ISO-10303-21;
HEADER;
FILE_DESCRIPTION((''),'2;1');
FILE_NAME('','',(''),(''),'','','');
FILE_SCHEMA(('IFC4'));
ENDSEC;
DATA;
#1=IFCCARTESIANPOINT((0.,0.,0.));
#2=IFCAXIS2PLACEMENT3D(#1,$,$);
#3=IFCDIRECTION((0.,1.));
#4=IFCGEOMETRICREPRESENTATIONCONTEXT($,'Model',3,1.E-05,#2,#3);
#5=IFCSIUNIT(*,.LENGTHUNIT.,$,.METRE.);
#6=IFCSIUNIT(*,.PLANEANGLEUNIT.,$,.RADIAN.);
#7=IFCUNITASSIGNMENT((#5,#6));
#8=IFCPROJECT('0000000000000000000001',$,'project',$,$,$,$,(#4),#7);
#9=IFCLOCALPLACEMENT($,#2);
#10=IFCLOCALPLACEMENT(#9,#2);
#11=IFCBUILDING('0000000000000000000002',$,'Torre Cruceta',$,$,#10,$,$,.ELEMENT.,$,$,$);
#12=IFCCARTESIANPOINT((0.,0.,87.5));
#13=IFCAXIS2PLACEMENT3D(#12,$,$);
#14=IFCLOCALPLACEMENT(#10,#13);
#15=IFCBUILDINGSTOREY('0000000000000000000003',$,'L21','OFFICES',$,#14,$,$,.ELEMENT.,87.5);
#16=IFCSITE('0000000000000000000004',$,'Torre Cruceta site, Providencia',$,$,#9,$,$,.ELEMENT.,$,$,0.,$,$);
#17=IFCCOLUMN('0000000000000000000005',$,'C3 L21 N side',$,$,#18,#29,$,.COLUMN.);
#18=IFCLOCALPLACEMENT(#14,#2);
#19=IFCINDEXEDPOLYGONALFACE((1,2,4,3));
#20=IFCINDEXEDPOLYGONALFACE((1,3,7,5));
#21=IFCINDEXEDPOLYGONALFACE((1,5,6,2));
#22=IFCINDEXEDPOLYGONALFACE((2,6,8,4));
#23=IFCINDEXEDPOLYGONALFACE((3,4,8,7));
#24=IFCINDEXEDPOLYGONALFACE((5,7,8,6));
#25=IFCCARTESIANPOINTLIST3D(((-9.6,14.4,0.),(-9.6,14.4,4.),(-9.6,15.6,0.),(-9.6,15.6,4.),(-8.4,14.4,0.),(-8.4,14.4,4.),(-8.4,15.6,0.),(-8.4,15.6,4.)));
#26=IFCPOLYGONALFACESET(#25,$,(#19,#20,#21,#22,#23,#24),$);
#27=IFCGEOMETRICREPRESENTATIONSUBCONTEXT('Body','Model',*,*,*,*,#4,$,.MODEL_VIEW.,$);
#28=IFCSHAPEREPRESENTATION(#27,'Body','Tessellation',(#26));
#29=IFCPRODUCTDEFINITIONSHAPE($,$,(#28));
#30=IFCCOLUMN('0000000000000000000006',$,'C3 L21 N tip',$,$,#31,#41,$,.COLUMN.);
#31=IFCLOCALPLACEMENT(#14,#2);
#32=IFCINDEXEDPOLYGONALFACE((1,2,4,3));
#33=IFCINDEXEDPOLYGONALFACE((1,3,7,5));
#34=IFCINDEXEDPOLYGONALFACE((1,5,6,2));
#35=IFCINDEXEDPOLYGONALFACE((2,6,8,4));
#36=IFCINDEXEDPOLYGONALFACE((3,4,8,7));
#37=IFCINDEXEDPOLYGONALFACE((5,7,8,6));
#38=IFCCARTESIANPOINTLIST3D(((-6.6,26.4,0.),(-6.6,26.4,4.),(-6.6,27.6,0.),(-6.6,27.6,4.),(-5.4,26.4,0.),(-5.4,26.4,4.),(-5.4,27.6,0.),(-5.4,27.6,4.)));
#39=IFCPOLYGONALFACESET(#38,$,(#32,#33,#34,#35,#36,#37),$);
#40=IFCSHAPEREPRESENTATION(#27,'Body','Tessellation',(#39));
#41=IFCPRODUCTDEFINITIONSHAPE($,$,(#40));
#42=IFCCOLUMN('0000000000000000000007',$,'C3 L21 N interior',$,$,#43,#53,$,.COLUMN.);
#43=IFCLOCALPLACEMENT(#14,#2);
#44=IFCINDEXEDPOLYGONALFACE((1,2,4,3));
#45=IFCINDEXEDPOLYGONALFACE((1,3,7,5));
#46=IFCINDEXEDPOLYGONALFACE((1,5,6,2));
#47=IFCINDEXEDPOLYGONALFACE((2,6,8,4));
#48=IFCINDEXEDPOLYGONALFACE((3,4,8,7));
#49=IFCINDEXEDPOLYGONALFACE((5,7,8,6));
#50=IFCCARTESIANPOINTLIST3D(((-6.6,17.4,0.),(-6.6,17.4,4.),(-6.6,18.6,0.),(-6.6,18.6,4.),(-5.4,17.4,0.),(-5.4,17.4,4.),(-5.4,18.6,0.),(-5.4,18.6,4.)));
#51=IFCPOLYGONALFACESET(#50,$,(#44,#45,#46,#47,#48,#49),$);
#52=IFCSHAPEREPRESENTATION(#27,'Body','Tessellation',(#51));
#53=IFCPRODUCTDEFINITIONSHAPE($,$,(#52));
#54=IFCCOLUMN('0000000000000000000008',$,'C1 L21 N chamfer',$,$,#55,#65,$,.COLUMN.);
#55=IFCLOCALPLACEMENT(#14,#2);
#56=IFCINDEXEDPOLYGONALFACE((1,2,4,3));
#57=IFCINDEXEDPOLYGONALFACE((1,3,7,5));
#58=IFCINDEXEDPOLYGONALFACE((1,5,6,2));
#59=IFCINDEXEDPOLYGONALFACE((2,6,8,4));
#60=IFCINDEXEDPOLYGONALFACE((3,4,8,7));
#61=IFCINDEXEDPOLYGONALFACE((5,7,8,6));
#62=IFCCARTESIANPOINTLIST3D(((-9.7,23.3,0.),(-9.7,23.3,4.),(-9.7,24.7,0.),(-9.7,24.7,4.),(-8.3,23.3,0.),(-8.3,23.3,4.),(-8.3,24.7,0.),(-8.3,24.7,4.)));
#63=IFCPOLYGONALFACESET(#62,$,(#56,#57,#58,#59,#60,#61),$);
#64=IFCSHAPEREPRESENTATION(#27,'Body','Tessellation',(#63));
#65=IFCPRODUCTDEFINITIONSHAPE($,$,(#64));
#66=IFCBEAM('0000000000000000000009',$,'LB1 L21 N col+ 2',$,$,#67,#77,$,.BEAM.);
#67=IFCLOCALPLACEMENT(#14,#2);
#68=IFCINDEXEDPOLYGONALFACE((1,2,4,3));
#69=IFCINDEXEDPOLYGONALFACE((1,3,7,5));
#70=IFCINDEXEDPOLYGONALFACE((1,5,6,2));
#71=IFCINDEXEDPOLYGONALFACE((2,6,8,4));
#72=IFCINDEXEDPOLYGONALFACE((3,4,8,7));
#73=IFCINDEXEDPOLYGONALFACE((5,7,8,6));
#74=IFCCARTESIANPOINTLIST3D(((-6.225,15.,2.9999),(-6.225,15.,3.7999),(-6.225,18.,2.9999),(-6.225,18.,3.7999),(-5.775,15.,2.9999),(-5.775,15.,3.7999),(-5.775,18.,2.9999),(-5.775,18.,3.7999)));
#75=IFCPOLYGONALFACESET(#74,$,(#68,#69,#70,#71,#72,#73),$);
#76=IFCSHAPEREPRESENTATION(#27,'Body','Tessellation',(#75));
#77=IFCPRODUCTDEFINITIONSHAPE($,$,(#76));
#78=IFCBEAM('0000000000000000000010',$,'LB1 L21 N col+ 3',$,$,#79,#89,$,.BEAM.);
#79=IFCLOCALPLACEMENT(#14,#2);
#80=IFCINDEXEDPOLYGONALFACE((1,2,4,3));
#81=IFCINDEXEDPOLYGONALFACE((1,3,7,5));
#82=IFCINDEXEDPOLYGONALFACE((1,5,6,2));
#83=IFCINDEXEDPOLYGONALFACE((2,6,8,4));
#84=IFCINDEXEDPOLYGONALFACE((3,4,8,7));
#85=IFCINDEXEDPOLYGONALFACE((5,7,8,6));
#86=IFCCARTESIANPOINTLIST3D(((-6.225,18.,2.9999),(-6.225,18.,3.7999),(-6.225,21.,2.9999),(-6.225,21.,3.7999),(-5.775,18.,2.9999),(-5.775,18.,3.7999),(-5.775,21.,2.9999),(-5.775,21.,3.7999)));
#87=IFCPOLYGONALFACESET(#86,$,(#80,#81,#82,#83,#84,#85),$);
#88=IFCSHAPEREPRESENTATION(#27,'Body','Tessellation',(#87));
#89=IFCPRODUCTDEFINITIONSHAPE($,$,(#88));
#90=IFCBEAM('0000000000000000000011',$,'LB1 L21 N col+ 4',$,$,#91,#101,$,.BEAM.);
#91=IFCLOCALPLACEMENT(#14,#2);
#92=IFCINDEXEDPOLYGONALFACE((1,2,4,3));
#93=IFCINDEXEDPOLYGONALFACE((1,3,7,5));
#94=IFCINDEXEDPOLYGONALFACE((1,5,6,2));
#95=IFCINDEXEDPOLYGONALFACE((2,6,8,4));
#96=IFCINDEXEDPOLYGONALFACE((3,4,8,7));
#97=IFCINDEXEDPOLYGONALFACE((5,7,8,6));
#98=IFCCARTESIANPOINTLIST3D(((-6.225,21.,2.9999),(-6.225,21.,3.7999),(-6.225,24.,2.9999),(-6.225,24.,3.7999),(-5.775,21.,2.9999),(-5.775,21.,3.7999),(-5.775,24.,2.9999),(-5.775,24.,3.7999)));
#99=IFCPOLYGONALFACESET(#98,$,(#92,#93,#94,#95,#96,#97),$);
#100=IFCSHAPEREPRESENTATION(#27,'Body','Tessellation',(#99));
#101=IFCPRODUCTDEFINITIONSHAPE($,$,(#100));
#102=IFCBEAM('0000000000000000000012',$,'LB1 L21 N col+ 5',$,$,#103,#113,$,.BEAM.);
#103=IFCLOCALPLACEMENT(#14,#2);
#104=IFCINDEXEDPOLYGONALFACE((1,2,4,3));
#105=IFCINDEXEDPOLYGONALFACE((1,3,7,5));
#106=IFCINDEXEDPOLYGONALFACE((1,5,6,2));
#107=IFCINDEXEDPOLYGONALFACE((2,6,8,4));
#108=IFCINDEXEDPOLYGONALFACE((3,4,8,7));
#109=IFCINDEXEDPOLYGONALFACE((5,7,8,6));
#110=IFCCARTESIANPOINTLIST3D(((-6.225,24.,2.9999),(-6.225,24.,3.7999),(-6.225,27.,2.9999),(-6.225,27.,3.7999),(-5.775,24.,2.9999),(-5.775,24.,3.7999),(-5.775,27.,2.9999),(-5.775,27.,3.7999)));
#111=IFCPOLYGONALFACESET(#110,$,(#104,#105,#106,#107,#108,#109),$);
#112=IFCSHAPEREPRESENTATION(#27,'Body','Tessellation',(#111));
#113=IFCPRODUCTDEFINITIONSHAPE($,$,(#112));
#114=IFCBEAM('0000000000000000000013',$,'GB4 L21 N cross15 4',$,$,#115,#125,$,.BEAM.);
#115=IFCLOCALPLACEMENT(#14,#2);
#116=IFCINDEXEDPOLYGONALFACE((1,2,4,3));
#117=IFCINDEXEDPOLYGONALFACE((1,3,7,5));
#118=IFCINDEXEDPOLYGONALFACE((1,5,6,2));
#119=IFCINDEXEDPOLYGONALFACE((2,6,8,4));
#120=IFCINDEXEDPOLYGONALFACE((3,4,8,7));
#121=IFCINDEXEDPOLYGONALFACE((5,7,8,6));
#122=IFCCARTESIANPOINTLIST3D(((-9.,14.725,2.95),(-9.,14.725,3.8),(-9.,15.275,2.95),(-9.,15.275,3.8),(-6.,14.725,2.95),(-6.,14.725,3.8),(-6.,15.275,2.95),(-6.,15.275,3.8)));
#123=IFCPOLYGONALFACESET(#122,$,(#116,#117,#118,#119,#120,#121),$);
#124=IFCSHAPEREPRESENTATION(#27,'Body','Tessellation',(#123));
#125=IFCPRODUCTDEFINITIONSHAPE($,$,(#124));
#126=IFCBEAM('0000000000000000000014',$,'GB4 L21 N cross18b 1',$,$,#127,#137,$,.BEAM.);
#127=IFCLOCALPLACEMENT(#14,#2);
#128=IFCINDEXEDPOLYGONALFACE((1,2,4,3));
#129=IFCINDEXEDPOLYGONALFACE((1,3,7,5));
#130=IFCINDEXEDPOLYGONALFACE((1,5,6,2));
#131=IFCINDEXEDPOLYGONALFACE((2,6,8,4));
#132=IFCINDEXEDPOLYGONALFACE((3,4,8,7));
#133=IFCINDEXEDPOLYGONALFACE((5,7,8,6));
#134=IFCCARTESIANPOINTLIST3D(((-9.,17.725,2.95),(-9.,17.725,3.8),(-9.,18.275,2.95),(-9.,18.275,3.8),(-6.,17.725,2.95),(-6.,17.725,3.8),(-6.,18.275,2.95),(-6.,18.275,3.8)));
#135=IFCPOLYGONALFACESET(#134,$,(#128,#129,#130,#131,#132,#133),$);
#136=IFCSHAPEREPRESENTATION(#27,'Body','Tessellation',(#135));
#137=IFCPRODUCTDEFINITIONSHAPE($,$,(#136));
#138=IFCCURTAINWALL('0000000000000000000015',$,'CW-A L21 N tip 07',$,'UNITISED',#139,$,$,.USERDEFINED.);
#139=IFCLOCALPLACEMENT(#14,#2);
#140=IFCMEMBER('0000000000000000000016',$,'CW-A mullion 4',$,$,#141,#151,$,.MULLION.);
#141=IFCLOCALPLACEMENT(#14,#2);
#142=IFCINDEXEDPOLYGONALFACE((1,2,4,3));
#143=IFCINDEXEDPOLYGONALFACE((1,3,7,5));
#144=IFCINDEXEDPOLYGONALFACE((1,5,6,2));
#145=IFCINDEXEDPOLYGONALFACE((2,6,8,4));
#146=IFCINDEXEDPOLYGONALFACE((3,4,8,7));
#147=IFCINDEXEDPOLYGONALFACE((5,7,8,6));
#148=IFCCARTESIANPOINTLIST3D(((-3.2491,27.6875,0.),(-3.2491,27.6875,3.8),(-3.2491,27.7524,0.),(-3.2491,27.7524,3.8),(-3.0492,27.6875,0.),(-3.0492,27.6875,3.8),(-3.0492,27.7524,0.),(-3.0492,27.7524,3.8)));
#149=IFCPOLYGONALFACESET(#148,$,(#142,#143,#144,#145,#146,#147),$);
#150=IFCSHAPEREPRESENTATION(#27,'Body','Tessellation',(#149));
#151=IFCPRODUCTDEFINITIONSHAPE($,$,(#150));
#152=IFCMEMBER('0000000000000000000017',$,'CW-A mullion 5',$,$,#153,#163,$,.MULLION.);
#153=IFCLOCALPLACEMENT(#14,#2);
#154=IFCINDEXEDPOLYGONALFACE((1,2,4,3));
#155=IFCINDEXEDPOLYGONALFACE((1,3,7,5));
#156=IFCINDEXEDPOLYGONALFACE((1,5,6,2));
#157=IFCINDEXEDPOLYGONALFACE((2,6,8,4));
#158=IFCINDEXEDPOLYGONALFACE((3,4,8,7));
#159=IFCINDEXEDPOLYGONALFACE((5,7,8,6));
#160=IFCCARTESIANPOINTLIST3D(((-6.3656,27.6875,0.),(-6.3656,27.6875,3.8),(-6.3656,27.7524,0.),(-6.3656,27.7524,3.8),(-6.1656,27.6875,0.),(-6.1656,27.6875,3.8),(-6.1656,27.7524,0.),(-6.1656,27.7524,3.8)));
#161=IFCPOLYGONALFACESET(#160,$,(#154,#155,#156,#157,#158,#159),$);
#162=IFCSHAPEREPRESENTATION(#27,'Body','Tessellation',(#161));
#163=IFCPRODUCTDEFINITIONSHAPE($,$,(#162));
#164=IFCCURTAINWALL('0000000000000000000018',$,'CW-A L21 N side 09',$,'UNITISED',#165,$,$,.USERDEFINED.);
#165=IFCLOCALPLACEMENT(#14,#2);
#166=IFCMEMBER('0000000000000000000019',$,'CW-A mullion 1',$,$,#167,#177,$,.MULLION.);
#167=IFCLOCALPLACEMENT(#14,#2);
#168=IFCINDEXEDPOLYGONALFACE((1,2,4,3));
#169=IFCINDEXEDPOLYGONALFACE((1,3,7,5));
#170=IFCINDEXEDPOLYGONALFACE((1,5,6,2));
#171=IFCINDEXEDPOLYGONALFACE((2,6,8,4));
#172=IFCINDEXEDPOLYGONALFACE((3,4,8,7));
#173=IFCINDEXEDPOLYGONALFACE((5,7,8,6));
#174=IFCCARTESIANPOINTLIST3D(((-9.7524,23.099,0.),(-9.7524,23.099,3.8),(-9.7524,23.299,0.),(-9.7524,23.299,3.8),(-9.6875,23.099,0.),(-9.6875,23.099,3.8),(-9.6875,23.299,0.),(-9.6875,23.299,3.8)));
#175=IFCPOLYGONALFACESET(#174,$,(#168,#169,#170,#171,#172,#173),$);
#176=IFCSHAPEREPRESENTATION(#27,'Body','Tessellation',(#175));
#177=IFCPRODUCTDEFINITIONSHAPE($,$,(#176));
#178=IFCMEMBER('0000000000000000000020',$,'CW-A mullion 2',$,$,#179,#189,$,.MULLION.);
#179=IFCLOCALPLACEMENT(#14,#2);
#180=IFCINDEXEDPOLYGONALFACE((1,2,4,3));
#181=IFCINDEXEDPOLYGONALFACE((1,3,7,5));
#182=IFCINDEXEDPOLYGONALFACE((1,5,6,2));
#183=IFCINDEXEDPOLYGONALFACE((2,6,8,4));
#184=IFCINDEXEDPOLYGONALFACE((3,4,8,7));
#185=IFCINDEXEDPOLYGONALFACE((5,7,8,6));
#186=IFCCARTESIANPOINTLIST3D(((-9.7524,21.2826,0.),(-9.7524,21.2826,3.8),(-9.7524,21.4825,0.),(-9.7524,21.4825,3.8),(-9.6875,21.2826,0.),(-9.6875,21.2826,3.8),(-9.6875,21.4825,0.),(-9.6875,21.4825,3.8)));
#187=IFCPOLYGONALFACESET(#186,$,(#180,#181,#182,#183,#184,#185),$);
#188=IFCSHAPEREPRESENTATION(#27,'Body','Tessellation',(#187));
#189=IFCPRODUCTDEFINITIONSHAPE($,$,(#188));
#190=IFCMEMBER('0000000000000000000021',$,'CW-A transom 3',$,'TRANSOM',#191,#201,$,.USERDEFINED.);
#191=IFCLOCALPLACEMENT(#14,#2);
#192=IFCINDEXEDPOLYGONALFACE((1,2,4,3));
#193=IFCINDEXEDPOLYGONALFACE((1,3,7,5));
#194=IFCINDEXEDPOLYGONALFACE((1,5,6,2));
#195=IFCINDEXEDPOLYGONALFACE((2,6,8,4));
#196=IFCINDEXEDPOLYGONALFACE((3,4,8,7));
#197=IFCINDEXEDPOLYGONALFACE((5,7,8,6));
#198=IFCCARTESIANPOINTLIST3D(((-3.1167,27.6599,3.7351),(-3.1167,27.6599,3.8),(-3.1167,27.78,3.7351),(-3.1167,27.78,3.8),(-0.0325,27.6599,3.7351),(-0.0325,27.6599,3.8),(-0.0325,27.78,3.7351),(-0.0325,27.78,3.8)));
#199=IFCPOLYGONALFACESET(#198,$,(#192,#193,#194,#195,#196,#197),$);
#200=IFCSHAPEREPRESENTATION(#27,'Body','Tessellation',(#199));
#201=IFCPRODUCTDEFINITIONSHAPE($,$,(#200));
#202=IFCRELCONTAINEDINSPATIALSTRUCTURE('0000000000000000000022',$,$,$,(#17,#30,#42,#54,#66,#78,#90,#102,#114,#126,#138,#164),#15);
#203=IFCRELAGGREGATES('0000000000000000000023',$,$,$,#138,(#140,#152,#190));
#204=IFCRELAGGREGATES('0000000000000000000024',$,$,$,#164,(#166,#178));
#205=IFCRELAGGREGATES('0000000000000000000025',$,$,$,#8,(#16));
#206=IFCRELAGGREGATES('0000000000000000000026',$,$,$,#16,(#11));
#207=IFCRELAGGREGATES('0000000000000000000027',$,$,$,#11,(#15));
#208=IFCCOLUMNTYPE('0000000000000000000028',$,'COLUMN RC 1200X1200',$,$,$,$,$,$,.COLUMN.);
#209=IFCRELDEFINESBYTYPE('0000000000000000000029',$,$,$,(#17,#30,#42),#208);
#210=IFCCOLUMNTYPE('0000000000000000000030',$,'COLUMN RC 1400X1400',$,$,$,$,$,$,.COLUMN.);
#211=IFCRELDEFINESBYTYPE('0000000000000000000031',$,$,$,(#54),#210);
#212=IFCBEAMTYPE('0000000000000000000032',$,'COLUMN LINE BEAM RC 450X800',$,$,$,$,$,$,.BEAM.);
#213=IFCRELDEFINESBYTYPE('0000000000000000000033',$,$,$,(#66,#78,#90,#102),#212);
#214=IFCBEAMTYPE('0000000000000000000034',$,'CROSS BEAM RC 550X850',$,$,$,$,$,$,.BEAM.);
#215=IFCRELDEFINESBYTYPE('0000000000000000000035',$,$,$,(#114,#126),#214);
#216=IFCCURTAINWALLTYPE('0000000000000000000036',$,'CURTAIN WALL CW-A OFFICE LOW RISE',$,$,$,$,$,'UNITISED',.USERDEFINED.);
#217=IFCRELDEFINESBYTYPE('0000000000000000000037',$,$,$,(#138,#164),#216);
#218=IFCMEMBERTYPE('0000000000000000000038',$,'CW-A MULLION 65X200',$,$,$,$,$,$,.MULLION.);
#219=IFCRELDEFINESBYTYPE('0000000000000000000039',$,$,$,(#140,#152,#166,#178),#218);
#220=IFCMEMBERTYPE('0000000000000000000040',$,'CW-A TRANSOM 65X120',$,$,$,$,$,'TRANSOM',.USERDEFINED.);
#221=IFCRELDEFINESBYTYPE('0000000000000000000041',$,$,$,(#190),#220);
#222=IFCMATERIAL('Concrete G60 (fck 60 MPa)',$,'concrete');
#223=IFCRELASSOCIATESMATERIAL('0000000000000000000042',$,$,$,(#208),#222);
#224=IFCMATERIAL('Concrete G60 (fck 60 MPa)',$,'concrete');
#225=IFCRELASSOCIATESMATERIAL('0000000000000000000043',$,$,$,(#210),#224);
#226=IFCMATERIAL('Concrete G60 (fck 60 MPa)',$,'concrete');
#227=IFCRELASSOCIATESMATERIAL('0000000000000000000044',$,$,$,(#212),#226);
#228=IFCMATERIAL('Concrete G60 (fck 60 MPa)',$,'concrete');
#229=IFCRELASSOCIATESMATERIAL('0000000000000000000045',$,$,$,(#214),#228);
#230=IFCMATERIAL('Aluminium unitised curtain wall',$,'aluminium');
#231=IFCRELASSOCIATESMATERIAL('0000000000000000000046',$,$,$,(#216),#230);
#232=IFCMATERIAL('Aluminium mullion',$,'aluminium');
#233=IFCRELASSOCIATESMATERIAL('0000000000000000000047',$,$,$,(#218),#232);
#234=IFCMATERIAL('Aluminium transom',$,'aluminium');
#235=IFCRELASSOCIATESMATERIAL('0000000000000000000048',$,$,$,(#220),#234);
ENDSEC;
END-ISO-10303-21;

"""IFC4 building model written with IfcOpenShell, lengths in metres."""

from ifc_helpers import new_model, si_unit, direction, frame, origin, origin_2d, place, context, subcontext, project, spatial, rectangle, extrude, material, material_profile, profile_set, type_object, element, aggregate, save


model = new_model("IFC4")

# Units and contexts
model_context = context("Model", 3, precision=1e-05, world=origin(), true_north=direction((0.0, 1.0)))
body_context = subcontext(model_context, "Body", "Model", "MODEL_VIEW")
ifc_project = project(units=[si_unit("LENGTHUNIT", "METRE"), si_unit("PLANEANGLEUNIT", "RADIAN")], contexts=[model_context])

# Site, building, storey
site_placement = place(None, origin())
site = spatial("IfcSite", under=ifc_project, at=site_placement, Name="Torre Cruceta site, Providencia", CompositionType="ELEMENT", RefElevation=0.0)
building_placement = place(site_placement, origin())
building = spatial("IfcBuilding", under=site, at=building_placement, Name="Torre Cruceta", CompositionType="ELEMENT")
storey_placement = place(building_placement, frame((0.0, 0.0, 87.5)))
storey = spatial("IfcBuildingStorey", under=building, at=storey_placement, Name="L21", Description="OFFICES", CompositionType="ELEMENT", Elevation=87.5)

# Columns
ifc_material_1 = material(Name="Concrete G60 (fck 60 MPa)", Category="concrete")
ifc_material_profile_1 = material_profile(ifc_material_1, rectangle(XDim=1.2, YDim=1.2, at=origin_2d()), Name="RC 1200X1200")
ifc_profile_set_1 = profile_set([ifc_material_profile_1], Name="Concrete G60 (fck 60 MPa)")
column_type_1 = type_object("IfcColumnType", Name="COLUMN RC 1200X1200", PredefinedType="COLUMN", material=ifc_profile_set_1)
for number, where, z_axis, x_axis, name in (
    (1, (-9.0, 15.0, 0.0), (0.0, 0.0, 1.0), (1.0, 0.0, 0.0), "C3 L21 N side"),
    (2, (-6.0, 27.0, 0.0), (0.0, 0.0, 1.0), (1.0, 0.0, 0.0), "C3 L21 N tip"),
    (3, (-6.0, 18.0, 0.0), (0.0, 0.0, 1.0), (1.0, 0.0, 0.0), "C3 L21 N interior"),
):
    element("IfcColumn", number, at=place(storey_placement, frame(where, z_axis=z_axis, x_axis=x_axis)), inside=storey, type_object=column_type_1, Name=name, PredefinedType="COLUMN", context=body_context, shape_type="SweptSolid", body=[
        extrude(rectangle(XDim=1.2, YDim=1.2, at=origin_2d()), origin(), (0.0, 0.0, 1.0), 4.0),
    ])
ifc_material_2 = material(Name="Concrete G60 (fck 60 MPa)", Category="concrete")
ifc_material_profile_2 = material_profile(ifc_material_2, rectangle(XDim=1.3999, YDim=1.3999, at=origin_2d()), Name="RC 1400X1400")
ifc_profile_set_2 = profile_set([ifc_material_profile_2], Name="Concrete G60 (fck 60 MPa)")
column_type_2 = type_object("IfcColumnType", Name="COLUMN RC 1400X1400", PredefinedType="COLUMN", material=ifc_profile_set_2)
column_placement = place(storey_placement, frame((-9.0, 24.0, 0.0), z_axis=(0.0, 0.0, 1.0), x_axis=(1.0, 0.0, 0.0)))
element("IfcColumn", 4, at=column_placement, inside=storey, type_object=column_type_2, Name="C1 L21 N chamfer", PredefinedType="COLUMN", context=body_context, shape_type="SweptSolid", body=[
    extrude(rectangle(XDim=1.3999, YDim=1.3999, at=origin_2d()), origin(), (0.0, 0.0, 1.0), 4.0),
])

# Beams
ifc_material_3 = material(Name="Concrete G60 (fck 60 MPa)", Category="concrete")
ifc_material_profile_3 = material_profile(ifc_material_3, rectangle(XDim=0.45, YDim=0.8, at=origin_2d()), Name="RC 450X800")
ifc_profile_set_3 = profile_set([ifc_material_profile_3], Name="Concrete G60 (fck 60 MPa)")
beam_type_1 = type_object("IfcBeamType", Name="COLUMN LINE BEAM RC 450X800", PredefinedType="BEAM", material=ifc_profile_set_3)
for number, where, z_axis, x_axis, name in (
    (5, (-6.0, 15.0, 3.3999), (0.0, 1.0, 0.0), (-1.0, 0.0, 0.0), "LB1 L21 N col+ 2"),
    (6, (-6.0, 18.0, 3.3999), (0.0, 1.0, 0.0), (-1.0, 0.0, 0.0), "LB1 L21 N col+ 3"),
    (7, (-6.0, 21.0, 3.3999), (0.0, 1.0, 0.0), (-1.0, 0.0, 0.0), "LB1 L21 N col+ 4"),
    (8, (-6.0, 24.0, 3.3999), (0.0, 1.0, 0.0), (-1.0, 0.0, 0.0), "LB1 L21 N col+ 5"),
):
    element("IfcBeam", number, at=place(storey_placement, frame(where, z_axis=z_axis, x_axis=x_axis)), inside=storey, type_object=beam_type_1, Name=name, PredefinedType="BEAM", context=body_context, shape_type="SweptSolid", body=[
        extrude(rectangle(XDim=0.45, YDim=0.8, at=origin_2d()), origin(), (0.0, 0.0, 1.0), 3.0),
    ])
ifc_material_4 = material(Name="Concrete G60 (fck 60 MPa)", Category="concrete")
ifc_material_profile_4 = material_profile(ifc_material_4, rectangle(XDim=0.55, YDim=0.8501, at=origin_2d()), Name="RC 550X850")
ifc_profile_set_4 = profile_set([ifc_material_profile_4], Name="Concrete G60 (fck 60 MPa)")
beam_type_2 = type_object("IfcBeamType", Name="CROSS BEAM RC 550X850", PredefinedType="BEAM", material=ifc_profile_set_4)
for number, where, z_axis, x_axis, name in (
    (9, (-6.0, 15.0, 3.375), (-1.0, 0.0, 0.0), (0.0, -1.0, 0.0), "GB4 L21 N cross15 4"),
    (10, (-6.0, 18.0, 3.375), (-1.0, 0.0, 0.0), (0.0, -1.0, 0.0), "GB4 L21 N cross18b 1"),
):
    element("IfcBeam", number, at=place(storey_placement, frame(where, z_axis=z_axis, x_axis=x_axis)), inside=storey, type_object=beam_type_2, Name=name, PredefinedType="BEAM", context=body_context, shape_type="SweptSolid", body=[
        extrude(rectangle(XDim=0.55, YDim=0.8501, at=origin_2d()), origin(), (0.0, 0.0, 1.0), 3.0),
    ])

# Curtain walls, members
ifc_material_5 = material(Name="Aluminium unitised curtain wall", Category="aluminium")
curtain_wall_type = type_object("IfcCurtainWallType", Name="CURTAIN WALL CW-A OFFICE LOW RISE", ElementType="UNITISED", PredefinedType="USERDEFINED", material=ifc_material_5)
curtain_wall_1_placement = place(storey_placement, origin())
curtain_wall_1 = element("IfcCurtainWall", 11, at=curtain_wall_1_placement, inside=storey, type_object=curtain_wall_type, Name="CW-A L21 N tip 07", ObjectType="UNITISED", PredefinedType="USERDEFINED")
ifc_material_6 = material(Name="Aluminium mullion", Category="aluminium")
ifc_material_profile_5 = material_profile(ifc_material_6, rectangle(XDim=0.0649, YDim=0.2, at=origin_2d()), Name="AL 65X200")
ifc_profile_set_5 = profile_set([ifc_material_profile_5], Name="Aluminium mullion")
member_type_1 = type_object("IfcMemberType", Name="CW-A MULLION 65X200", PredefinedType="MULLION", material=ifc_profile_set_5)
member_1_placement = place(storey_placement, frame((-3.1492, 27.72, 0.0), z_axis=(0.0, 0.0, 1.0), x_axis=(0.0, -1.0, 0.0)))
member_1 = element("IfcMember", 12, at=member_1_placement, type_object=member_type_1, Name="CW-A mullion 4", PredefinedType="MULLION", context=body_context, shape_type="SweptSolid", body=[
    extrude(rectangle(XDim=0.0649, YDim=0.2, at=origin_2d()), origin(), (0.0, 0.0, 1.0), 3.8),
])
member_2_placement = place(storey_placement, frame((-6.2656, 27.72, 0.0), z_axis=(0.0, 0.0, 1.0), x_axis=(0.0, -1.0, 0.0)))
member_2 = element("IfcMember", 13, at=member_2_placement, type_object=member_type_1, Name="CW-A mullion 5", PredefinedType="MULLION", context=body_context, shape_type="SweptSolid", body=[
    extrude(rectangle(XDim=0.0649, YDim=0.2, at=origin_2d()), origin(), (0.0, 0.0, 1.0), 3.8),
])
curtain_wall_2_placement = place(storey_placement, origin())
curtain_wall_2 = element("IfcCurtainWall", 14, at=curtain_wall_2_placement, inside=storey, type_object=curtain_wall_type, Name="CW-A L21 N side 09", ObjectType="UNITISED", PredefinedType="USERDEFINED")
member_3_placement = place(storey_placement, frame((-9.72, 23.199, 0.0), z_axis=(0.0, 0.0, 1.0), x_axis=(1.0, 0.0, 0.0)))
member_3 = element("IfcMember", 15, at=member_3_placement, type_object=member_type_1, Name="CW-A mullion 1", PredefinedType="MULLION", context=body_context, shape_type="SweptSolid", body=[
    extrude(rectangle(XDim=0.0649, YDim=0.2, at=origin_2d()), origin(), (0.0, 0.0, 1.0), 3.8),
])
member_4_placement = place(storey_placement, frame((-9.72, 21.3826, 0.0), z_axis=(0.0, 0.0, 1.0), x_axis=(1.0, 0.0, 0.0)))
member_4 = element("IfcMember", 16, at=member_4_placement, type_object=member_type_1, Name="CW-A mullion 2", PredefinedType="MULLION", context=body_context, shape_type="SweptSolid", body=[
    extrude(rectangle(XDim=0.0649, YDim=0.2, at=origin_2d()), origin(), (0.0, 0.0, 1.0), 3.8),
])

# Member
ifc_material_7 = material(Name="Aluminium transom", Category="aluminium")
ifc_material_profile_6 = material_profile(ifc_material_7, rectangle(XDim=0.1201, YDim=0.0649, at=origin_2d()), Name="AL 120X65")
ifc_profile_set_6 = profile_set([ifc_material_profile_6], Name="Aluminium transom")
member_type_2 = type_object("IfcMemberType", Name="CW-A TRANSOM 65X120", ElementType="TRANSOM", PredefinedType="USERDEFINED", material=ifc_profile_set_6)
member_5_placement = place(storey_placement, frame((-0.0325, 27.72, 3.7676), z_axis=(-1.0, 0.0, 0.0), x_axis=(0.0, -1.0, 0.0)))
member_5 = element("IfcMember", 17, at=member_5_placement, type_object=member_type_2, Name="CW-A transom 3", ObjectType="TRANSOM", PredefinedType="USERDEFINED", context=body_context, shape_type="SweptSolid", body=[
    extrude(rectangle(XDim=0.1201, YDim=0.0649, at=origin_2d()), origin(), (0.0, 0.0, 1.0), 3.0842),
])

aggregate(curtain_wall_1, [member_1, member_2, member_5])
aggregate(curtain_wall_2, [member_3, member_4])

save(model, "model.ifc")
